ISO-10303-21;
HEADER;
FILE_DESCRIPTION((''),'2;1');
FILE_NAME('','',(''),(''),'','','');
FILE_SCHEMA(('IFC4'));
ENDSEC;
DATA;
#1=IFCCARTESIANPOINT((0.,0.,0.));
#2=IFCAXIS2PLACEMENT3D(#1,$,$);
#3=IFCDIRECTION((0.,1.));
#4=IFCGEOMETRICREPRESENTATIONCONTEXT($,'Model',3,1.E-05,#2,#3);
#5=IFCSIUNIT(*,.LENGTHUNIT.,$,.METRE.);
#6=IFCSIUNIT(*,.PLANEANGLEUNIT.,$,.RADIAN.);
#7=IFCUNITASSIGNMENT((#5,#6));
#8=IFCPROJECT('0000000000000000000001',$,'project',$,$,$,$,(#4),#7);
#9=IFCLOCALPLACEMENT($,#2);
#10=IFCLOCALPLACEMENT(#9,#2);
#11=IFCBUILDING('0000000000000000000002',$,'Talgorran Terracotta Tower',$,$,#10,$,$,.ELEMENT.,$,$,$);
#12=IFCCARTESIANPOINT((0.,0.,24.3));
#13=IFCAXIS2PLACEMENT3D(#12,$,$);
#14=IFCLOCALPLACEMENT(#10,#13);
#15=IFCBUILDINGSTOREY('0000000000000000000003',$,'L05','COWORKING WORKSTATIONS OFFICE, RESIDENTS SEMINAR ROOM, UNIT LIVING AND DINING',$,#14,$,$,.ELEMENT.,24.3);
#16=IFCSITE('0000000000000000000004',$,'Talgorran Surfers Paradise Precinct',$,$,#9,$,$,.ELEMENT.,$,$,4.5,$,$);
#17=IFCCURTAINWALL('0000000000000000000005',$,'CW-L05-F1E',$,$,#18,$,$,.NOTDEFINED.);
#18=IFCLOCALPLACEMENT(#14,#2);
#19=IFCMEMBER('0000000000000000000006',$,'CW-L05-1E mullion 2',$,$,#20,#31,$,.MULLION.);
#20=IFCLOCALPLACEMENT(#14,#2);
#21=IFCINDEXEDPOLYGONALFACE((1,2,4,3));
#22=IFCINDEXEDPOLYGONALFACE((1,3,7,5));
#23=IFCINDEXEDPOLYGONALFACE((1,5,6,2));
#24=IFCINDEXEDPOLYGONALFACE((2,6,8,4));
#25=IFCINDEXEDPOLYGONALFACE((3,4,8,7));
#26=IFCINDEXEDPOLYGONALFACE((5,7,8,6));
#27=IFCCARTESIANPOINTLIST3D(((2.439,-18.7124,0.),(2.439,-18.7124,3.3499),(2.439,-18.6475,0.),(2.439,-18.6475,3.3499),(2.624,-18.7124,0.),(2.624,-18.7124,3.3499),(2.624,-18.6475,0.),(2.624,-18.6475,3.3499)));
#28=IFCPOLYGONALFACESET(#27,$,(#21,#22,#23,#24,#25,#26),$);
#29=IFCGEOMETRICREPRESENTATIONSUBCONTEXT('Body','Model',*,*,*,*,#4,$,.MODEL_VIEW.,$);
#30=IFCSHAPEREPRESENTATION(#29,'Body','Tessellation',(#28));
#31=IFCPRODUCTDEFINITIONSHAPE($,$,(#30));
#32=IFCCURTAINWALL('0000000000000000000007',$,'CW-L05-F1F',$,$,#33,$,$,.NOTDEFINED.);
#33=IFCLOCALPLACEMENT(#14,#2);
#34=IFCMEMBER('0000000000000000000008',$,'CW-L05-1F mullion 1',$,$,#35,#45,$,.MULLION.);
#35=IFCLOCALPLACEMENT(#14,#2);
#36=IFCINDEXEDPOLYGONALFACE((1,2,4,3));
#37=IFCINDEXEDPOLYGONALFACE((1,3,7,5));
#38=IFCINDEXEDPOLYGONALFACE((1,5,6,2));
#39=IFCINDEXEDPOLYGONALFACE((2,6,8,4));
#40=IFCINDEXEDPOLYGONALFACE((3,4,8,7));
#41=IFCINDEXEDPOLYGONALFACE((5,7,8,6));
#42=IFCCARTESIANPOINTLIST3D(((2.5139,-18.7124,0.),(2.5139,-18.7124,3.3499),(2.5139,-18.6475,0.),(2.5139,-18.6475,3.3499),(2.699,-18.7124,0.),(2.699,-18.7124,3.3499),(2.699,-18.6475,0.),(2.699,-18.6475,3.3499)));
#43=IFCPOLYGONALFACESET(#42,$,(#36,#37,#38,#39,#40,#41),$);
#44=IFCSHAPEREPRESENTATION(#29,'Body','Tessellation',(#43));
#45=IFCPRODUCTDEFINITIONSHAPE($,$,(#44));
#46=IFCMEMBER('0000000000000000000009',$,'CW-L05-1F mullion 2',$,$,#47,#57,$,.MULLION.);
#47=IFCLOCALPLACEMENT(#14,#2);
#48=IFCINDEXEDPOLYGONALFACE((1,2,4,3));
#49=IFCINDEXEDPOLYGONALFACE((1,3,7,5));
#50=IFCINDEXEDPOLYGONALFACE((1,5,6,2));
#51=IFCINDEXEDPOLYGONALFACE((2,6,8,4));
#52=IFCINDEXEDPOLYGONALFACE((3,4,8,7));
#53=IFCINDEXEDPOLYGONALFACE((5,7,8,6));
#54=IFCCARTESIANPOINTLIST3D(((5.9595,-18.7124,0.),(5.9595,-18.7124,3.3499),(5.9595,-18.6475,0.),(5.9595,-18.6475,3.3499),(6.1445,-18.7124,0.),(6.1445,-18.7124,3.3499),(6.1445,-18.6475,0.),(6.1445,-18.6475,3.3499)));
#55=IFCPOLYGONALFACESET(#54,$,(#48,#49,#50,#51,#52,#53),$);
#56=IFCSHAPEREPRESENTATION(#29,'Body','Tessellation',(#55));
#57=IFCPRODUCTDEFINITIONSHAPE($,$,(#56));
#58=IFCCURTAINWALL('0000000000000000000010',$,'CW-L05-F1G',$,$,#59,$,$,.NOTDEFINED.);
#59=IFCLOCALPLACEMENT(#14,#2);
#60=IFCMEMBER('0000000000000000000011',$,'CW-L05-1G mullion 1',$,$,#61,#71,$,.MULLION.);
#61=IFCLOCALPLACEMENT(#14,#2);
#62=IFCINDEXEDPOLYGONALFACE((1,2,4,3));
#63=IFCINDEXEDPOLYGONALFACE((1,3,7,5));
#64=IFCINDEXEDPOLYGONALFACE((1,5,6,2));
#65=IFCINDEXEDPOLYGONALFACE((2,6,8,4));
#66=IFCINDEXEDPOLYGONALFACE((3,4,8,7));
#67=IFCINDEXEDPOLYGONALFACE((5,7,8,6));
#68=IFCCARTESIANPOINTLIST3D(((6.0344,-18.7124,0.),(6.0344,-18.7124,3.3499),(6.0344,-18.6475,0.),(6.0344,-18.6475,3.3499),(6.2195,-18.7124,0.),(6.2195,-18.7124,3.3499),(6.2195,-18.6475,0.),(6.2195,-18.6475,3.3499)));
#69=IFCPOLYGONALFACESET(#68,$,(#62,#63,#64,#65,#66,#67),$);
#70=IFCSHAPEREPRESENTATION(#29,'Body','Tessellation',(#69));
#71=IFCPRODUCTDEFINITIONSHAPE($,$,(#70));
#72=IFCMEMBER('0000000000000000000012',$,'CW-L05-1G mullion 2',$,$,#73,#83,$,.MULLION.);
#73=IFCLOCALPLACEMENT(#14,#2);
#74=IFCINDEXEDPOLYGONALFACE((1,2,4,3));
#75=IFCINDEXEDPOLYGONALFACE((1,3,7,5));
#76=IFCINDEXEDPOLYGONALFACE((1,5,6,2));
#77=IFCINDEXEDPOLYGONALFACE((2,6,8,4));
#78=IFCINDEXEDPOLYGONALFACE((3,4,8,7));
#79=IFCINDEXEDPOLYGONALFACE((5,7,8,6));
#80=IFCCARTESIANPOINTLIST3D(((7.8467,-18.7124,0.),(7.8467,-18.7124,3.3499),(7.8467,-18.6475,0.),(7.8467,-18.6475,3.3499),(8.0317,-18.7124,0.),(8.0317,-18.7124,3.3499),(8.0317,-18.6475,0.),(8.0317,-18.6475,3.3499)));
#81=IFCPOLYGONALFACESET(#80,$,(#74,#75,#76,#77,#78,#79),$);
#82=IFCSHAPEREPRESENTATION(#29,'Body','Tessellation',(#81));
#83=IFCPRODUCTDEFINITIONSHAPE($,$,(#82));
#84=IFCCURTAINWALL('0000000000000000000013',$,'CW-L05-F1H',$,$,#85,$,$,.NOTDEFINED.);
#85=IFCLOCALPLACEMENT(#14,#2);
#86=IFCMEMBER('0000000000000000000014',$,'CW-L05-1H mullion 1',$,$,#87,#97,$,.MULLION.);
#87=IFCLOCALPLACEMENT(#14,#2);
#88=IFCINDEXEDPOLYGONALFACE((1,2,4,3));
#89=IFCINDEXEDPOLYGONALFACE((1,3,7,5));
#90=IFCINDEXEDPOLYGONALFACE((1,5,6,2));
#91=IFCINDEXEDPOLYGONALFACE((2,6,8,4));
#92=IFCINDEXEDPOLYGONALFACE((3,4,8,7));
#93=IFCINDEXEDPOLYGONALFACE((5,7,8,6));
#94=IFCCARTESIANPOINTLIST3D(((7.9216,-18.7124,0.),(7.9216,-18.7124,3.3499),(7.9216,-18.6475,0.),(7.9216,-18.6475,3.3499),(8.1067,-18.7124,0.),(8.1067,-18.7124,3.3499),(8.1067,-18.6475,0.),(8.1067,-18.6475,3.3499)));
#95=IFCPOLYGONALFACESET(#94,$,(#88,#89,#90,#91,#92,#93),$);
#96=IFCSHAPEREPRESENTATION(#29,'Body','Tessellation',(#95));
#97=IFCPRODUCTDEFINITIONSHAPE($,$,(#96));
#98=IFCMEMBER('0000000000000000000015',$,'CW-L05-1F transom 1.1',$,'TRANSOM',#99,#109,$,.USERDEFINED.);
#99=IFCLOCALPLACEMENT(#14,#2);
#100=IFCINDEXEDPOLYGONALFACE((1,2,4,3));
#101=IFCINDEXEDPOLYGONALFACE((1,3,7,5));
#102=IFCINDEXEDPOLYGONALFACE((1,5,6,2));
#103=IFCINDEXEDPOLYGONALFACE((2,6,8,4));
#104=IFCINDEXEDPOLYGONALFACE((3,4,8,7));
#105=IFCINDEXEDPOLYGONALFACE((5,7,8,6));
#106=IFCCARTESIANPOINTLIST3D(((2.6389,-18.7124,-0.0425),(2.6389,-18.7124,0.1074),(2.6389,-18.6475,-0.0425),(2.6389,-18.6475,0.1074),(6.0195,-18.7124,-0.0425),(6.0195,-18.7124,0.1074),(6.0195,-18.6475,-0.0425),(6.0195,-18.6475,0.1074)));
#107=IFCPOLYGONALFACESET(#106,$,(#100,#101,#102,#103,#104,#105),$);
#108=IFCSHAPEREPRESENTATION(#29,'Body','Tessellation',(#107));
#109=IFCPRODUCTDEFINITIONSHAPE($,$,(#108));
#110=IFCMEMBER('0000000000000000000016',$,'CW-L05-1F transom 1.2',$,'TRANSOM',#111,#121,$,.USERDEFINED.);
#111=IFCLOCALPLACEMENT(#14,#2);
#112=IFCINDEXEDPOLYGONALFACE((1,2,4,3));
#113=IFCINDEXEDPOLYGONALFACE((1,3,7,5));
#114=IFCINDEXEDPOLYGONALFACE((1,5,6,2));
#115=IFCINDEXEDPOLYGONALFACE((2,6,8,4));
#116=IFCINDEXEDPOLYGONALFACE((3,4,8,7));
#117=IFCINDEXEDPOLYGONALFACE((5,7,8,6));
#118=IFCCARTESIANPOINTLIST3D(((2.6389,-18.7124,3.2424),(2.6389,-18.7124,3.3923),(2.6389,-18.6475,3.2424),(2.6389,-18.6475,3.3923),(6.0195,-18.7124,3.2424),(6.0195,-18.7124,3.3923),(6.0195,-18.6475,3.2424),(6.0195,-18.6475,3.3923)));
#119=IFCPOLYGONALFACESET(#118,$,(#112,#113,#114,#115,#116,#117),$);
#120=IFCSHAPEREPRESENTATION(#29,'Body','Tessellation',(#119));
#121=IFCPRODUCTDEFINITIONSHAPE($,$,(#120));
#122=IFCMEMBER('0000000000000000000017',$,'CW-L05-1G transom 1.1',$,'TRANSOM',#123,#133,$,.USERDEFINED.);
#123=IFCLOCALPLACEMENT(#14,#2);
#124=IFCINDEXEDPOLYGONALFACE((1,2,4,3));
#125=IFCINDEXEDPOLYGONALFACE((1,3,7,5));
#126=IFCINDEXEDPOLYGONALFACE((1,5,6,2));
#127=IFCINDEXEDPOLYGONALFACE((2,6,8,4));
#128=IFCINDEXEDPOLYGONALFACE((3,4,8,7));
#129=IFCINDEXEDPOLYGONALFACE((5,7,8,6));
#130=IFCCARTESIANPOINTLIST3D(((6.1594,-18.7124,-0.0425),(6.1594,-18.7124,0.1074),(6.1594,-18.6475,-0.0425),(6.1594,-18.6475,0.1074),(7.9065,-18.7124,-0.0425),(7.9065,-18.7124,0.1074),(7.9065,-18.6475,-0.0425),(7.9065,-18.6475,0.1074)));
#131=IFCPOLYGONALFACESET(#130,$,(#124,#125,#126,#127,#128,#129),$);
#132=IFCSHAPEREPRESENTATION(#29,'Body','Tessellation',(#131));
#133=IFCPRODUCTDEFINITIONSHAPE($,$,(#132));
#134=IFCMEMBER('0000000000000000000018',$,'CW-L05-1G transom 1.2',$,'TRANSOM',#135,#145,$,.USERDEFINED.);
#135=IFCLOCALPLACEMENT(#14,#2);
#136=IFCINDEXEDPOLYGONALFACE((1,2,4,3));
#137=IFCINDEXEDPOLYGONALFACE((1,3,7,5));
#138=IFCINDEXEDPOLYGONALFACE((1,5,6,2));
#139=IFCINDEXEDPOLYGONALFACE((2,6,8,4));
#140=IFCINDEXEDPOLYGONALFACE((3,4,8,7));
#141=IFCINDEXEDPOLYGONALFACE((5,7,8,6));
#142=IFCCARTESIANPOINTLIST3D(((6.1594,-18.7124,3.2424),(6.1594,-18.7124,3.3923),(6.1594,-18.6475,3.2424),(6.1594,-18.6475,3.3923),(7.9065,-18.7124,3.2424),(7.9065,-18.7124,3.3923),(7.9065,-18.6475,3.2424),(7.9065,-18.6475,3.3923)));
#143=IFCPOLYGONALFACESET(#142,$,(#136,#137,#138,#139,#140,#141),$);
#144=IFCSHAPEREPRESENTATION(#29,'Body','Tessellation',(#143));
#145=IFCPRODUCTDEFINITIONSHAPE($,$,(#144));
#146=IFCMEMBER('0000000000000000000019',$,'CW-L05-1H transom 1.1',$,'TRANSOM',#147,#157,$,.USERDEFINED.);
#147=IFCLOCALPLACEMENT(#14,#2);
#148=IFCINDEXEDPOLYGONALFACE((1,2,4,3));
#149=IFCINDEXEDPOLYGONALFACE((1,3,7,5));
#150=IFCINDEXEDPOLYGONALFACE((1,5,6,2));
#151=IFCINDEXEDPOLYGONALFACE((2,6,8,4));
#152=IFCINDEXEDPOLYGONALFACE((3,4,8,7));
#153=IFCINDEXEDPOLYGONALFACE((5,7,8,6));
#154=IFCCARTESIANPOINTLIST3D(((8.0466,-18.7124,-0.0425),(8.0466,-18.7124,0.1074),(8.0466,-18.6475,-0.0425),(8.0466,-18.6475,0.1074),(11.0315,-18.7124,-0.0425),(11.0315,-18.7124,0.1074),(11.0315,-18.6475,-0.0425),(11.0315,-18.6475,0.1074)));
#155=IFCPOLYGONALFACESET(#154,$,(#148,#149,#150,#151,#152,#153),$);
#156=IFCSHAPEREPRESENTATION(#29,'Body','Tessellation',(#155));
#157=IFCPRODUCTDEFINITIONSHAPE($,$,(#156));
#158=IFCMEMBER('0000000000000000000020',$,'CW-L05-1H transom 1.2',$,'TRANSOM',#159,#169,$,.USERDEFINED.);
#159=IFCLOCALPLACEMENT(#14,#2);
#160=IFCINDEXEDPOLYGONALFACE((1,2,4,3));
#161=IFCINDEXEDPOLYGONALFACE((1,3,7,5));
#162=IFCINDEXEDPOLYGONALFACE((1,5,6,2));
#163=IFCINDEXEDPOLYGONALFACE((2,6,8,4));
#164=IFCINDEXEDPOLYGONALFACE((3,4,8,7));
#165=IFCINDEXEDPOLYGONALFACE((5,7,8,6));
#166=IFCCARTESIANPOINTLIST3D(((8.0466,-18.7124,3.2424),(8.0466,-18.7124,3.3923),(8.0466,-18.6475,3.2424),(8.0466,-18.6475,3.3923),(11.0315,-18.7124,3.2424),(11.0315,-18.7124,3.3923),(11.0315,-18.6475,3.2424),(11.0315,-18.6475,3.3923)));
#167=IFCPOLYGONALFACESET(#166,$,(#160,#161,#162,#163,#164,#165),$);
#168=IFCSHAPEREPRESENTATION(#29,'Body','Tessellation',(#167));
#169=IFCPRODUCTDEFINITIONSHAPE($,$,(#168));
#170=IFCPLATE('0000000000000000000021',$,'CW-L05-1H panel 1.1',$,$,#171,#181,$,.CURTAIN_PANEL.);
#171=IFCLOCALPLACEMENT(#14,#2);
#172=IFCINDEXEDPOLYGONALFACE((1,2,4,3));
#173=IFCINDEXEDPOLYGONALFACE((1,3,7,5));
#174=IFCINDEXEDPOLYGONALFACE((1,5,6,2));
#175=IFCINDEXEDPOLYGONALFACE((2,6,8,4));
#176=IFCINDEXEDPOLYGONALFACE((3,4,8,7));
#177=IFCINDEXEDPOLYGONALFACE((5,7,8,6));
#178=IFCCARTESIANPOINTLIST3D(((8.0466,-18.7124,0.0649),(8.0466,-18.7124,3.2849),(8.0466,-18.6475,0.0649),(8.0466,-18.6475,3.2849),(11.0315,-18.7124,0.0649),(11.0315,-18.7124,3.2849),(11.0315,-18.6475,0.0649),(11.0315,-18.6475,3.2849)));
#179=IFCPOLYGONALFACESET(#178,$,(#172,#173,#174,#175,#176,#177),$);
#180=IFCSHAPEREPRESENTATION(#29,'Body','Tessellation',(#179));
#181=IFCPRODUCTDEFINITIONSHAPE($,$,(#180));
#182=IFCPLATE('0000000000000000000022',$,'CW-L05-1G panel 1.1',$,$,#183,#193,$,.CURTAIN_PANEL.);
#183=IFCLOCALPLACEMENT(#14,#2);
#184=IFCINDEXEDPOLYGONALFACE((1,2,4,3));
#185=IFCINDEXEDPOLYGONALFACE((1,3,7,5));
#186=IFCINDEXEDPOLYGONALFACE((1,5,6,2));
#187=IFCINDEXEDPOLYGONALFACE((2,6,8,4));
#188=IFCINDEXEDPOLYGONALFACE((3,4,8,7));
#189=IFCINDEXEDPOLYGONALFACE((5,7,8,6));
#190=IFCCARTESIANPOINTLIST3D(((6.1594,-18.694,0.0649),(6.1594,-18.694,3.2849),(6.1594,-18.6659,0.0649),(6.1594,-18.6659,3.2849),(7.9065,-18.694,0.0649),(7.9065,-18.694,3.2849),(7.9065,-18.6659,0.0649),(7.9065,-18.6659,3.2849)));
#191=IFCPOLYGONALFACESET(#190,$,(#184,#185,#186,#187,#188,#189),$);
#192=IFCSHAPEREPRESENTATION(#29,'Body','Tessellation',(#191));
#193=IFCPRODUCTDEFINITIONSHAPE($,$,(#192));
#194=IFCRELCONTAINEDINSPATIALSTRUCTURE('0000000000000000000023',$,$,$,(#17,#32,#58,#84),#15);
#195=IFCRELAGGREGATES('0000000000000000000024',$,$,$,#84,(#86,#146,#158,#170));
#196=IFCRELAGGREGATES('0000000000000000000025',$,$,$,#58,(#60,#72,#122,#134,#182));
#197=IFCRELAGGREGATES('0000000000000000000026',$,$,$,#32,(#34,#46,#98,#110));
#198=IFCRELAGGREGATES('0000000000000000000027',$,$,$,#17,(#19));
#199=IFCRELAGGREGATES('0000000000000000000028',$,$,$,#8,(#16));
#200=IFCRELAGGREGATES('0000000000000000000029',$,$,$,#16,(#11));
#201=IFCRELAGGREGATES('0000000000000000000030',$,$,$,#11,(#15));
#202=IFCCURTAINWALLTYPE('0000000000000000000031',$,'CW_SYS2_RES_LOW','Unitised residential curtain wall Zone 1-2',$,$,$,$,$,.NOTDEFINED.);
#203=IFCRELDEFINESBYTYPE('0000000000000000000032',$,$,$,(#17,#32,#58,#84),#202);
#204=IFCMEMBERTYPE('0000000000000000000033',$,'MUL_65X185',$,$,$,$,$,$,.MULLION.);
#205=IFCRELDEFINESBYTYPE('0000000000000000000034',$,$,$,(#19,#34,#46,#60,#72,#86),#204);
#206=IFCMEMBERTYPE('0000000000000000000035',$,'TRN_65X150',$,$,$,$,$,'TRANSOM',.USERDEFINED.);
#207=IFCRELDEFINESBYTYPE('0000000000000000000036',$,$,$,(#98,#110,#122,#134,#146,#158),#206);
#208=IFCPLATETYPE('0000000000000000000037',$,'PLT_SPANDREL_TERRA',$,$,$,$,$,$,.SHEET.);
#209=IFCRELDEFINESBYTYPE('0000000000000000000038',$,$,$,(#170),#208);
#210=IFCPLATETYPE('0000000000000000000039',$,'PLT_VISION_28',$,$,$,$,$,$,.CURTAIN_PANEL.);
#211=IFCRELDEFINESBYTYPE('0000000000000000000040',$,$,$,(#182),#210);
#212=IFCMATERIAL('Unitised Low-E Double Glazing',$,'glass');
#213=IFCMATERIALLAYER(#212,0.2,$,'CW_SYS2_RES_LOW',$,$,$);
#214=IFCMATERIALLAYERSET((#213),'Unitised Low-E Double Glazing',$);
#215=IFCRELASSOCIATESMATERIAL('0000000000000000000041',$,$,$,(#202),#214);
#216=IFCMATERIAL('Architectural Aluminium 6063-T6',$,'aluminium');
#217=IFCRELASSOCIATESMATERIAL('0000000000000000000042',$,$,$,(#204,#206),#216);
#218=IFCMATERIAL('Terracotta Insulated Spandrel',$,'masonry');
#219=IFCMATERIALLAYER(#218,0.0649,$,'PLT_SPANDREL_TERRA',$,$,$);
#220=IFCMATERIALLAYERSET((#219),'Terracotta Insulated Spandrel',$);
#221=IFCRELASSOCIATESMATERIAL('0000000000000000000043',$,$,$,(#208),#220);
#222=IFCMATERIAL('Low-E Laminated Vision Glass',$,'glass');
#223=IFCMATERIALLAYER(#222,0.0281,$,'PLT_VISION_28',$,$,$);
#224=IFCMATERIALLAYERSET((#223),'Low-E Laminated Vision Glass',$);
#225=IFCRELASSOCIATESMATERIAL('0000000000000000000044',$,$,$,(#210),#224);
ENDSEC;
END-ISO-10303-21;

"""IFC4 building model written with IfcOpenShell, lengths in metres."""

from ifc_helpers import new_model, si_unit, direction, frame, origin, origin_2d, place, context, subcontext, project, spatial, rectangle, extrude, source, transform, mapped, material, layer, layer_set, material_profile, profile_set, type_object, element, aggregate, save


model = new_model("IFC4")

# Units and contexts
model_context = context("Model", 3, precision=1e-05, world=origin(), true_north=direction((0.0, 1.0)))
body_context = subcontext(model_context, "Body", "Model", "MODEL_VIEW")
ifc_project = project(units=[si_unit("LENGTHUNIT", "METRE"), si_unit("PLANEANGLEUNIT", "RADIAN")], contexts=[model_context])

# Site, building, storey
site_placement = place(None, origin())
site = spatial("IfcSite", under=ifc_project, at=site_placement, Name="Talgorran Surfers Paradise Precinct", CompositionType="ELEMENT", RefElevation=4.5)
building_placement = place(site_placement, origin())
building = spatial("IfcBuilding", under=site, at=building_placement, Name="Talgorran Terracotta Tower", CompositionType="ELEMENT")
storey_placement = place(building_placement, frame((0.0, 0.0, 24.3)))
storey = spatial("IfcBuildingStorey", under=building, at=storey_placement, Name="L05", Description="COWORKING WORKSTATIONS OFFICE, RESIDENTS SEMINAR ROOM, UNIT LIVING AND DINING", CompositionType="ELEMENT", Elevation=24.3)

# Curtain wall, member
ifc_material_1 = material(Name="Unitised Low-E Double Glazing", Category="glass")
ifc_layer_1 = layer(ifc_material_1, 0.2, Name="CW_SYS2_RES_LOW")
ifc_layer_set_1 = layer_set([ifc_layer_1], Name="Unitised Low-E Double Glazing")
curtain_wall_type = type_object("IfcCurtainWallType", Name="CW_SYS2_RES_LOW", Description="Unitised residential curtain wall Zone 1-2", PredefinedType="NOTDEFINED", material=ifc_layer_set_1)
curtain_wall_1_placement = place(storey_placement, origin())
curtain_wall_1 = element("IfcCurtainWall", 1, at=curtain_wall_1_placement, inside=storey, type_object=curtain_wall_type, Name="CW-L05-F1E", PredefinedType="NOTDEFINED")
ifc_material_2 = material(Name="Architectural Aluminium 6063-T6", Category="aluminium")
ifc_material_profile_1 = material_profile(ifc_material_2, rectangle(XDim=0.0649, YDim=0.1851, at=origin_2d()), Name="CWM65X185")
ifc_profile_set_1 = profile_set([ifc_material_profile_1], Name="Architectural Aluminium 6063-T6")
member_type_1 = type_object("IfcMemberType", Name="MUL_65X185", PredefinedType="MULLION", material=ifc_profile_set_1)
member_1_placement = place(storey_placement, frame((2.5315, -18.6799, 0.0), z_axis=(0.0, 0.0, 1.0), x_axis=(0.0, 1.0, 0.0)))
member_1 = element("IfcMember", 2, at=member_1_placement, type_object=member_type_1, Name="CW-L05-1E mullion 2", PredefinedType="MULLION", context=body_context, shape_type="SweptSolid", body=[
    extrude(rectangle(XDim=0.0649, YDim=0.1851, at=origin_2d()), origin(), (0.0, 0.0, 1.0), 3.3499),
])

# Curtain walls, members
curtain_wall_2_placement = place(storey_placement, origin())
curtain_wall_2 = element("IfcCurtainWall", 3, at=curtain_wall_2_placement, inside=storey, type_object=curtain_wall_type, Name="CW-L05-F1F", PredefinedType="NOTDEFINED")
member_2_placement = place(storey_placement, frame((2.6064, -18.6799, 0.0), z_axis=(0.0, 0.0, 1.0), x_axis=(0.0, 1.0, 0.0)))
member_2 = element("IfcMember", 4, at=member_2_placement, type_object=member_type_1, Name="CW-L05-1F mullion 1", PredefinedType="MULLION", context=body_context, shape_type="SweptSolid", body=[
    extrude(rectangle(XDim=0.0649, YDim=0.1851, at=origin_2d()), origin(), (0.0, 0.0, 1.0), 3.3499),
])
member_3_placement = place(storey_placement, frame((6.052, -18.6799, 0.0), z_axis=(0.0, 0.0, 1.0), x_axis=(0.0, 1.0, 0.0)))
member_3 = element("IfcMember", 5, at=member_3_placement, type_object=member_type_1, Name="CW-L05-1F mullion 2", PredefinedType="MULLION", context=body_context, shape_type="SweptSolid", body=[
    extrude(rectangle(XDim=0.0649, YDim=0.1851, at=origin_2d()), origin(), (0.0, 0.0, 1.0), 3.3499),
])
curtain_wall_3_placement = place(storey_placement, origin())
curtain_wall_3 = element("IfcCurtainWall", 6, at=curtain_wall_3_placement, inside=storey, type_object=curtain_wall_type, Name="CW-L05-F1G", PredefinedType="NOTDEFINED")
member_4_placement = place(storey_placement, frame((6.127, -18.6799, 0.0), z_axis=(0.0, 0.0, 1.0), x_axis=(0.0, 1.0, 0.0)))
member_4 = element("IfcMember", 7, at=member_4_placement, type_object=member_type_1, Name="CW-L05-1G mullion 1", PredefinedType="MULLION", context=body_context, shape_type="SweptSolid", body=[
    extrude(rectangle(XDim=0.0649, YDim=0.1851, at=origin_2d()), origin(), (0.0, 0.0, 1.0), 3.3499),
])
member_5_placement = place(storey_placement, frame((7.9392, -18.6799, 0.0), z_axis=(0.0, 0.0, 1.0), x_axis=(0.0, 1.0, 0.0)))
member_5 = element("IfcMember", 8, at=member_5_placement, type_object=member_type_1, Name="CW-L05-1G mullion 2", PredefinedType="MULLION", context=body_context, shape_type="SweptSolid", body=[
    extrude(rectangle(XDim=0.0649, YDim=0.1851, at=origin_2d()), origin(), (0.0, 0.0, 1.0), 3.3499),
])

# Curtain wall, member
curtain_wall_4_placement = place(storey_placement, origin())
curtain_wall_4 = element("IfcCurtainWall", 9, at=curtain_wall_4_placement, inside=storey, type_object=curtain_wall_type, Name="CW-L05-F1H", PredefinedType="NOTDEFINED")
member_6_placement = place(storey_placement, frame((8.0142, -18.6799, 0.0), z_axis=(0.0, 0.0, 1.0), x_axis=(0.0, 1.0, 0.0)))
member_6 = element("IfcMember", 10, at=member_6_placement, type_object=member_type_1, Name="CW-L05-1H mullion 1", PredefinedType="MULLION", context=body_context, shape_type="SweptSolid", body=[
    extrude(rectangle(XDim=0.0649, YDim=0.1851, at=origin_2d()), origin(), (0.0, 0.0, 1.0), 3.3499),
])

# Members
ifc_material_profile_2 = material_profile(ifc_material_2, rectangle(XDim=0.0649, YDim=0.1499, at=origin_2d()), Name="CWT65X150")
ifc_profile_set_2 = profile_set([ifc_material_profile_2], Name="Architectural Aluminium 6063-T6")
member_type_2 = type_object("IfcMemberType", Name="TRN_65X150", ElementType="TRANSOM", PredefinedType="USERDEFINED", material=ifc_profile_set_2)
member_7_placement = place(storey_placement, frame((2.6389, -18.6799, 0.0325), z_axis=(1.0, 0.0, 0.0), x_axis=(0.0, 1.0, 0.0)))
member_7 = element("IfcMember", 11, at=member_7_placement, type_object=member_type_2, Name="CW-L05-1F transom 1.1", ObjectType="TRANSOM", PredefinedType="USERDEFINED", context=body_context, shape_type="SweptSolid", body=[
    extrude(rectangle(XDim=0.0649, YDim=0.1499, at=origin_2d()), origin(), (0.0, 0.0, 1.0), 3.3806),
])
member_8_placement = place(storey_placement, frame((2.6389, -18.6799, 3.3174), z_axis=(1.0, 0.0, 0.0), x_axis=(0.0, 1.0, 0.0)))
member_8 = element("IfcMember", 12, at=member_8_placement, type_object=member_type_2, Name="CW-L05-1F transom 1.2", ObjectType="TRANSOM", PredefinedType="USERDEFINED", context=body_context, shape_type="SweptSolid", body=[
    extrude(rectangle(XDim=0.0649, YDim=0.1499, at=origin_2d()), origin(), (0.0, 0.0, 1.0), 3.3806),
])
member_9_placement = place(storey_placement, frame((6.1594, -18.6799, 0.0325), z_axis=(1.0, 0.0, 0.0), x_axis=(0.0, 1.0, 0.0)))
member_9 = element("IfcMember", 13, at=member_9_placement, type_object=member_type_2, Name="CW-L05-1G transom 1.1", ObjectType="TRANSOM", PredefinedType="USERDEFINED", context=body_context, shape_type="SweptSolid", body=[
    extrude(rectangle(XDim=0.0649, YDim=0.1499, at=origin_2d()), origin(), (0.0, 0.0, 1.0), 1.7471),
])
member_10_placement = place(storey_placement, frame((6.1594, -18.6799, 3.3174), z_axis=(1.0, 0.0, 0.0), x_axis=(0.0, 1.0, 0.0)))
member_10 = element("IfcMember", 14, at=member_10_placement, type_object=member_type_2, Name="CW-L05-1G transom 1.2", ObjectType="TRANSOM", PredefinedType="USERDEFINED", context=body_context, shape_type="SweptSolid", body=[
    extrude(rectangle(XDim=0.0649, YDim=0.1499, at=origin_2d()), origin(), (0.0, 0.0, 1.0), 1.7471),
])
member_11_placement = place(storey_placement, frame((8.0466, -18.6799, 0.0325), z_axis=(1.0, 0.0, 0.0), x_axis=(0.0, 1.0, 0.0)))
member_11 = element("IfcMember", 15, at=member_11_placement, type_object=member_type_2, Name="CW-L05-1H transom 1.1", ObjectType="TRANSOM", PredefinedType="USERDEFINED", context=body_context, shape_type="SweptSolid", body=[
    extrude(rectangle(XDim=0.0649, YDim=0.1499, at=origin_2d()), origin(), (0.0, 0.0, 1.0), 2.9849),
])
member_12_placement = place(storey_placement, frame((8.0466, -18.6799, 3.3174), z_axis=(1.0, 0.0, 0.0), x_axis=(0.0, 1.0, 0.0)))
member_12 = element("IfcMember", 16, at=member_12_placement, type_object=member_type_2, Name="CW-L05-1H transom 1.2", ObjectType="TRANSOM", PredefinedType="USERDEFINED", context=body_context, shape_type="SweptSolid", body=[
    extrude(rectangle(XDim=0.0649, YDim=0.1499, at=origin_2d()), origin(), (0.0, 0.0, 1.0), 2.9849),
])

# Plates
ifc_material_3 = material(Name="Terracotta Insulated Spandrel", Category="masonry")
ifc_layer_2 = layer(ifc_material_3, 0.0649, Name="PLT_SPANDREL_TERRA")
ifc_layer_set_2 = layer_set([ifc_layer_2], Name="Terracotta Insulated Spandrel")
plate_type_1 = type_object("IfcPlateType", Name="PLT_SPANDREL_TERRA", PredefinedType="SHEET", material=ifc_layer_set_2)
shared_shape_1 = source(origin(), body_context, "Body", "SweptSolid", [
    extrude(rectangle(XDim=2.9849, YDim=0.0649, at=origin_2d()), origin(), (0.0, 0.0, 1.0), 3.22),
])
plate_1_placement = place(storey_placement, frame((9.5391, -18.6799, 0.0649), z_axis=(0.0, 0.0, 1.0), x_axis=(1.0, 0.0, 0.0)))
plate_1 = element("IfcPlate", 17, at=plate_1_placement, type_object=plate_type_1, Name="CW-L05-1H panel 1.1", PredefinedType="CURTAIN_PANEL", context=body_context, shape_type="MappedRepresentation", body=[
    mapped(shared_shape_1, transform((0.0, 0.0, 0.0), scale=1.0)),
])
aggregate(curtain_wall_4, [member_6, member_11, member_12, plate_1])
ifc_material_4 = material(Name="Low-E Laminated Vision Glass", Category="glass")
ifc_layer_3 = layer(ifc_material_4, 0.0281, Name="PLT_VISION_28")
ifc_layer_set_3 = layer_set([ifc_layer_3], Name="Low-E Laminated Vision Glass")
plate_type_2 = type_object("IfcPlateType", Name="PLT_VISION_28", PredefinedType="CURTAIN_PANEL", material=ifc_layer_set_3)
shared_shape_2 = source(origin(), body_context, "Body", "SweptSolid", [
    extrude(rectangle(XDim=1.7471, YDim=0.0281, at=origin_2d()), origin(), (0.0, 0.0, 1.0), 3.22),
])
plate_2_placement = place(storey_placement, frame((7.033, -18.6799, 0.0649), z_axis=(0.0, 0.0, 1.0), x_axis=(1.0, 0.0, 0.0)))
plate_2 = element("IfcPlate", 18, at=plate_2_placement, type_object=plate_type_2, Name="CW-L05-1G panel 1.1", PredefinedType="CURTAIN_PANEL", context=body_context, shape_type="MappedRepresentation", body=[
    mapped(shared_shape_2, transform((0.0, 0.0, 0.0), scale=1.0)),
])
aggregate(curtain_wall_3, [member_4, member_5, member_9, member_10, plate_2])
aggregate(curtain_wall_2, [member_2, member_3, member_7, member_8])
aggregate(curtain_wall_1, [member_1])

save(model, "model.ifc")
